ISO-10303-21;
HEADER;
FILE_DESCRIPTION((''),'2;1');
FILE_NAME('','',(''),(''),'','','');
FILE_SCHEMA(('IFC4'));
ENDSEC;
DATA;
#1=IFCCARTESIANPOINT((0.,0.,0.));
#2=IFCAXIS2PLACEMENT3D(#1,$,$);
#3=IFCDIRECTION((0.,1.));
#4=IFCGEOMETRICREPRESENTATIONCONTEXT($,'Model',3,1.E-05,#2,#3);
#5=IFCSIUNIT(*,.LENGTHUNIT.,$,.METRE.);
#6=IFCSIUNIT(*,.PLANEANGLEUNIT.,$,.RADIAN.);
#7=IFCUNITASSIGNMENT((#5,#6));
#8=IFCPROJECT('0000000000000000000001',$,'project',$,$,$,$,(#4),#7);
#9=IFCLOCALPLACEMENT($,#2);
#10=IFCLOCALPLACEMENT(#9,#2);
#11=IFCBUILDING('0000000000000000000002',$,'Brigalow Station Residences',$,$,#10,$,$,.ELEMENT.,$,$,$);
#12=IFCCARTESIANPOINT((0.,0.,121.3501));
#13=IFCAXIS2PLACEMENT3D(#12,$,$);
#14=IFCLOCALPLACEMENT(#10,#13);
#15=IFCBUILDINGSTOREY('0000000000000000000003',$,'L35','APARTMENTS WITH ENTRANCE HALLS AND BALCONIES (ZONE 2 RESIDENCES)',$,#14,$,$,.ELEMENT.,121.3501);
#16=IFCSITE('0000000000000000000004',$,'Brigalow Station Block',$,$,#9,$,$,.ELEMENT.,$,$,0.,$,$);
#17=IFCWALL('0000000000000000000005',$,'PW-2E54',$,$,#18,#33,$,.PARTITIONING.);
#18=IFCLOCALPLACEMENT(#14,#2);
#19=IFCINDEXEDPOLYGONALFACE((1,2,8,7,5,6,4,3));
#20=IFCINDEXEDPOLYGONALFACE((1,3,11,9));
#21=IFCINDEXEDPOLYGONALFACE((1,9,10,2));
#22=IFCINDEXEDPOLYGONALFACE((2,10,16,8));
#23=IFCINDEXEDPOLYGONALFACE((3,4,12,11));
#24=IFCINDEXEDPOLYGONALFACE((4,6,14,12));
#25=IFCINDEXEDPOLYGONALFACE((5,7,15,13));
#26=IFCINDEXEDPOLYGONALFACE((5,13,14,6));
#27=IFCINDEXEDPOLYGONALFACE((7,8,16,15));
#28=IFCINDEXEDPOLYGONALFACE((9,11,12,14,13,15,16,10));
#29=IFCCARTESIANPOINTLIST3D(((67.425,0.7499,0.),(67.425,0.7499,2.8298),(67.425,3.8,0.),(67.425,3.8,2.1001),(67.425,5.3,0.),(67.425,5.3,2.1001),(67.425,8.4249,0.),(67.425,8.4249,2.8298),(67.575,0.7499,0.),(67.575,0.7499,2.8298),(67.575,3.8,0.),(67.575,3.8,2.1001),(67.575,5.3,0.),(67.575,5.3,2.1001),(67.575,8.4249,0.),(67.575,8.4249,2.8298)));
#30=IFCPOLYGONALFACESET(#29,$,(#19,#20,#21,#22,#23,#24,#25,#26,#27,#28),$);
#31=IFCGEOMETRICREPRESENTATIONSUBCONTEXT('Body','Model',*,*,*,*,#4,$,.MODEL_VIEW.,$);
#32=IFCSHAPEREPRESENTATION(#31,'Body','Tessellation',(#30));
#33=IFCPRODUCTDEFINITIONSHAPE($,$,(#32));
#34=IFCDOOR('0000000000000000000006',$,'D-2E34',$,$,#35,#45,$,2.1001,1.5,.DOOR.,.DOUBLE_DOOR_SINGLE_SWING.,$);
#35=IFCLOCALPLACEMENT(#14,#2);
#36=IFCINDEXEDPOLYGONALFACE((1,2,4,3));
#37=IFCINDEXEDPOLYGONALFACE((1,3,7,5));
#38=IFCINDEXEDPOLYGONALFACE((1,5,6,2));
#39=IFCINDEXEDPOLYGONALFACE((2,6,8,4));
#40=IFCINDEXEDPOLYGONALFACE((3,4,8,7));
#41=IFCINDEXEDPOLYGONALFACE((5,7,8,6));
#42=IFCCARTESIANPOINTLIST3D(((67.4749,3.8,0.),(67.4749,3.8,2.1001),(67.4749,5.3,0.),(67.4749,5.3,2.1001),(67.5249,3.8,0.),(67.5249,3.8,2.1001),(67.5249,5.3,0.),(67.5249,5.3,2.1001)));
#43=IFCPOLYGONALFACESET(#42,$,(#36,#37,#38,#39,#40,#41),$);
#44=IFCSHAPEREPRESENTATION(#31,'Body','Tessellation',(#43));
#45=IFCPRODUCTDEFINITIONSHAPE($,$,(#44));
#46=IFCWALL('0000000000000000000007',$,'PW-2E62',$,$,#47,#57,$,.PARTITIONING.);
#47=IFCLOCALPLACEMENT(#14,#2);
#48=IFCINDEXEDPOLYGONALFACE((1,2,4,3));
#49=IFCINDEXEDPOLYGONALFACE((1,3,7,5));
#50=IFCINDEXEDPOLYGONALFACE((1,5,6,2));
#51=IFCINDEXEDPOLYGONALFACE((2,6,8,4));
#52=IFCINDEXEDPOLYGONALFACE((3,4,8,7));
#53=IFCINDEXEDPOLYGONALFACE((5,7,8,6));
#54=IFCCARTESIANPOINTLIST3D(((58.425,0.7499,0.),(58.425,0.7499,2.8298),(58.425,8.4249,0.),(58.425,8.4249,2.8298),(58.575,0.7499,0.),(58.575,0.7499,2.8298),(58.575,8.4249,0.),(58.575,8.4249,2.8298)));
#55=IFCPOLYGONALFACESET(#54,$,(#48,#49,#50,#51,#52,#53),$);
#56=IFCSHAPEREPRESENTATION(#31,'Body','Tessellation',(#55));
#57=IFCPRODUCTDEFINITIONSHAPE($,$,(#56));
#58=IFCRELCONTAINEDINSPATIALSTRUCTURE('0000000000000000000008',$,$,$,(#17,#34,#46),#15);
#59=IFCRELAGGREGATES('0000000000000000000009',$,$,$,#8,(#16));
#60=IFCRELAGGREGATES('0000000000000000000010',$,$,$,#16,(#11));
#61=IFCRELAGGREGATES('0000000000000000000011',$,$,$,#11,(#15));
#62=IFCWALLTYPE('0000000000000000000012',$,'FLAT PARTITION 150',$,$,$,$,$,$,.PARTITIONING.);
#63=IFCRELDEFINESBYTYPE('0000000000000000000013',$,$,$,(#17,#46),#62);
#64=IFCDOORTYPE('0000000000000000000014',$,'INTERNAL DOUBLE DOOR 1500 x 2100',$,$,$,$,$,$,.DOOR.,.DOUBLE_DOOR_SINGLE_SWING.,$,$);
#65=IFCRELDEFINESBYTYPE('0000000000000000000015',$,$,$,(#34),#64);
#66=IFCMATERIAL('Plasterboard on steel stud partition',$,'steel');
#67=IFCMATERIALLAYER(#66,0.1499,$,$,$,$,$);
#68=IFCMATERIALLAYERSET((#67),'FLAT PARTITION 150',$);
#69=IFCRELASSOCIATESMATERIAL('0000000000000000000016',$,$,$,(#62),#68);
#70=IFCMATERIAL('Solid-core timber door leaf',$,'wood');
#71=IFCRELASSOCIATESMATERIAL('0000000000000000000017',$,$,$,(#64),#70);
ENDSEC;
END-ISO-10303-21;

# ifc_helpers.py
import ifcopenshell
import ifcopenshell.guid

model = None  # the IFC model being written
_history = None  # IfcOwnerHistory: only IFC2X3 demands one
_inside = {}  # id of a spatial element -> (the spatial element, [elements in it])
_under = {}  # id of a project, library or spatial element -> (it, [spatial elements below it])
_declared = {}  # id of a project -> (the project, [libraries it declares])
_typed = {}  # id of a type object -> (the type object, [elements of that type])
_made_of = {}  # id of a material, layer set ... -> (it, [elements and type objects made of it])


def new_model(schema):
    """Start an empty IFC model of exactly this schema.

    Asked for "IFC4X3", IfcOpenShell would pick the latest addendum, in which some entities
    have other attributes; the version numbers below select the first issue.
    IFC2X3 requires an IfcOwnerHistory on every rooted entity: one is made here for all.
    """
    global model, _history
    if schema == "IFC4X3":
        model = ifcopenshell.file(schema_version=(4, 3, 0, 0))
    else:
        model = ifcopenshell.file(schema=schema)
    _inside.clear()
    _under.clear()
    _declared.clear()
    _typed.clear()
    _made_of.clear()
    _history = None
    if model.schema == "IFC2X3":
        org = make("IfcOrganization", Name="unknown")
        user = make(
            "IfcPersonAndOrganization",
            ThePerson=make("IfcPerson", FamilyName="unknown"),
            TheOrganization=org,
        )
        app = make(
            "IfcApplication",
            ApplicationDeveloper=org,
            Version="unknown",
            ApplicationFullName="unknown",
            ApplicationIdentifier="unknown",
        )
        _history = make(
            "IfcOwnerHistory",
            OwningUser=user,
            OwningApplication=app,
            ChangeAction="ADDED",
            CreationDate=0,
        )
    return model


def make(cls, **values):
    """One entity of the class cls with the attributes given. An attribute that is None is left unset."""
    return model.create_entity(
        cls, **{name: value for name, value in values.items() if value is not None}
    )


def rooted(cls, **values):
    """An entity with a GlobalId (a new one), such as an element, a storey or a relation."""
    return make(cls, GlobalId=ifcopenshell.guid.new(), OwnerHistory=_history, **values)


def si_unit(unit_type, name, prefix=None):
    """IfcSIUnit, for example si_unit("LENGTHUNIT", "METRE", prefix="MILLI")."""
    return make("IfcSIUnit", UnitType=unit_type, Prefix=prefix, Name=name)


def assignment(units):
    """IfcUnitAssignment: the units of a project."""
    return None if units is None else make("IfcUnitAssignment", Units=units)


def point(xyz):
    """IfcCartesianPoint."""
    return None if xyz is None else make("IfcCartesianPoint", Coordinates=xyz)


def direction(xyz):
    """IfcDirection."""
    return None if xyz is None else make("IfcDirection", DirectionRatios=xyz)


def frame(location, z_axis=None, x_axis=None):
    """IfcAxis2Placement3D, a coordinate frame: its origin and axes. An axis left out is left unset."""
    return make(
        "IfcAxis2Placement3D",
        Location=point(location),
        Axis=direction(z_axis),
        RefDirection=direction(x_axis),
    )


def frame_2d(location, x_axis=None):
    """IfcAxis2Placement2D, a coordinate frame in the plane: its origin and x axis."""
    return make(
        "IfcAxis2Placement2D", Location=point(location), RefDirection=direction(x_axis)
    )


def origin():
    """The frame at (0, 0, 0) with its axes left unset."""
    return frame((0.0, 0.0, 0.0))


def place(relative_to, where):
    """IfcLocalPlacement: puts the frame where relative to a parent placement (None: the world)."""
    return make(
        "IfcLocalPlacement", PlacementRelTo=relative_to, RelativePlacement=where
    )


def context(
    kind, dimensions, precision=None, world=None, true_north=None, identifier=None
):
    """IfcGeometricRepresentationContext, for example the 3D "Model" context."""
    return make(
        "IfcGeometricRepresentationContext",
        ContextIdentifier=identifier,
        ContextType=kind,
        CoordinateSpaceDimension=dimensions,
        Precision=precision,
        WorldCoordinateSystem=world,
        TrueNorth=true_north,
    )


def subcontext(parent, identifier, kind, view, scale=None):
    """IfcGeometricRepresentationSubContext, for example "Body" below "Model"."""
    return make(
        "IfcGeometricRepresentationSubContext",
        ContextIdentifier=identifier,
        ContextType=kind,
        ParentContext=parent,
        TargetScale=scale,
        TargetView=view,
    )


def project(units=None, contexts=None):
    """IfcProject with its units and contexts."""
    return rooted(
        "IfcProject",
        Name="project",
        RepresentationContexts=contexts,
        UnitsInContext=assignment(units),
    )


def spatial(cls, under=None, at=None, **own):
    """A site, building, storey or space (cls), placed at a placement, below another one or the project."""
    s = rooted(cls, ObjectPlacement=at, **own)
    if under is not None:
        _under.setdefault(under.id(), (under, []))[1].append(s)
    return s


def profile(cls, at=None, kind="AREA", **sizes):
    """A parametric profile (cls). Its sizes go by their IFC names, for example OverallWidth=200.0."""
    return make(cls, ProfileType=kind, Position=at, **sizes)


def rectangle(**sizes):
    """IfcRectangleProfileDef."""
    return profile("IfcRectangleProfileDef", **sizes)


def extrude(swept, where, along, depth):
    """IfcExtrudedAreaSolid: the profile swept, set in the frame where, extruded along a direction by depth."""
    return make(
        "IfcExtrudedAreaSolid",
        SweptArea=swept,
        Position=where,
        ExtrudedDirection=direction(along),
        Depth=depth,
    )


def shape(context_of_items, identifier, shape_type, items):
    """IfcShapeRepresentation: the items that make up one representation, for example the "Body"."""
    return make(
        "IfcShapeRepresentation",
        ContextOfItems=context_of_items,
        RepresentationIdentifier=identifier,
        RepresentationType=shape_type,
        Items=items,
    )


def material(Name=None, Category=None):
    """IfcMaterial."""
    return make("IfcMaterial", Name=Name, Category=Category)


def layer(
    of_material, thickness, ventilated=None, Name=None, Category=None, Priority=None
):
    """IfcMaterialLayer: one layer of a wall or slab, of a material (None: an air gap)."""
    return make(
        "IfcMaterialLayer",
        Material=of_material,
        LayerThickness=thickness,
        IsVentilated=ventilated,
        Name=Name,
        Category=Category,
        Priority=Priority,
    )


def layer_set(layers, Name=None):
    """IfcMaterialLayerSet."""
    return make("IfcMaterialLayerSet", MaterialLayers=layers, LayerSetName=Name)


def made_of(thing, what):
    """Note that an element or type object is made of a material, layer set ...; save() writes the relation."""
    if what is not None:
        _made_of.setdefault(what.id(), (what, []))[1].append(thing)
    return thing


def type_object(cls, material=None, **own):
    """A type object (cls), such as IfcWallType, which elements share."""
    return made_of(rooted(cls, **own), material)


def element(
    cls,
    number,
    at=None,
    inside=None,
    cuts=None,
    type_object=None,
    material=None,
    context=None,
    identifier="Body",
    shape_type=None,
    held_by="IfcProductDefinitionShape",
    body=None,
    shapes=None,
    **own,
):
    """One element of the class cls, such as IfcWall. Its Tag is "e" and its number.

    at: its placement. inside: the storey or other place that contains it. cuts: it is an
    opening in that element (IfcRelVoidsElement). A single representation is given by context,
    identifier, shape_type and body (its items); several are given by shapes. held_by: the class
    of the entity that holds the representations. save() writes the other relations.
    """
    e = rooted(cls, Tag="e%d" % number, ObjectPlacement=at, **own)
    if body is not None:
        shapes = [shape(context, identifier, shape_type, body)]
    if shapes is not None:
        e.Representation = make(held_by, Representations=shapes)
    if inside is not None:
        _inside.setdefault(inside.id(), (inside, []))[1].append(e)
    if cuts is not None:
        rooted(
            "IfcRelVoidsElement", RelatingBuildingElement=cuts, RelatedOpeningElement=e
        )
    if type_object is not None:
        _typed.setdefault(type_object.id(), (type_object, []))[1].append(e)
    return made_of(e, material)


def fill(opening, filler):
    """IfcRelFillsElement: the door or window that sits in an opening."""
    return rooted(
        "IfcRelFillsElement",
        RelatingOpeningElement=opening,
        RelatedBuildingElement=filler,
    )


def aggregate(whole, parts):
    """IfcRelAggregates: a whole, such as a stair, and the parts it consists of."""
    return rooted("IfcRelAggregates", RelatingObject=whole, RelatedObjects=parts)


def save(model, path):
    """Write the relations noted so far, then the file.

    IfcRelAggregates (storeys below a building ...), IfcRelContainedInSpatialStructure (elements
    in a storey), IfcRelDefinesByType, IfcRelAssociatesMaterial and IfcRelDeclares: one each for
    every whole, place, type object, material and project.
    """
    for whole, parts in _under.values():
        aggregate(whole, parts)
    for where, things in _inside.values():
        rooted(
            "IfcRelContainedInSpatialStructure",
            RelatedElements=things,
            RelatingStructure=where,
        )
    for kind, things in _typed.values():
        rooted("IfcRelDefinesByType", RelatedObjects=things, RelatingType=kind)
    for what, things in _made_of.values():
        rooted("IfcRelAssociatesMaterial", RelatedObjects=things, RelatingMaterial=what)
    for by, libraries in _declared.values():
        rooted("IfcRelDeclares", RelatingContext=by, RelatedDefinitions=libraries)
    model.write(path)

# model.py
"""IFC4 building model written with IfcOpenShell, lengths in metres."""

from ifc_helpers import new_model, si_unit, direction, frame, frame_2d, origin, place, context, subcontext, project, spatial, rectangle, extrude, material, layer, layer_set, type_object, element, fill, save


model = new_model("IFC4")

# Units and contexts
model_context = context("Model", 3, precision=1e-05, world=origin(), true_north=direction((0.0, 1.0)))
body_context = subcontext(model_context, "Body", "Model", "MODEL_VIEW")
ifc_project = project(units=[si_unit("LENGTHUNIT", "METRE"), si_unit("PLANEANGLEUNIT", "RADIAN")], contexts=[model_context])

# Site, building, storey
site_placement = place(None, origin())
site = spatial("IfcSite", under=ifc_project, at=site_placement, Name="Brigalow Station Block", CompositionType="ELEMENT", RefElevation=0.0)
building_placement = place(site_placement, origin())
building = spatial("IfcBuilding", under=site, at=building_placement, Name="Brigalow Station Residences", CompositionType="ELEMENT")
storey_placement = place(building_placement, frame((0.0, 0.0, 121.3501)))
storey = spatial("IfcBuildingStorey", under=building, at=storey_placement, Name="L35", Description="APARTMENTS WITH ENTRANCE HALLS AND BALCONIES (ZONE 2 RESIDENCES)", CompositionType="ELEMENT", Elevation=121.3501)

# Wall, opening, door
ifc_material_1 = material(Name="Plasterboard on steel stud partition", Category="steel")
ifc_layer_1 = layer(ifc_material_1, 0.1499)
ifc_layer_set_1 = layer_set([ifc_layer_1], Name="FLAT PARTITION 150")
wall_type_1 = type_object("IfcWallType", Name="FLAT PARTITION 150", PredefinedType="PARTITIONING", material=ifc_layer_set_1)
wall_1_placement = place(storey_placement, frame((67.5, 0.75, 0.0), z_axis=(0.0, 0.0, 1.0), x_axis=(0.0, 1.0, 0.0)))
wall_1 = element("IfcWall", 1, at=wall_1_placement, inside=storey, type_object=wall_type_1, Name="PW-2E54", PredefinedType="PARTITIONING", context=body_context, shape_type="SweptSolid", body=[
    extrude(rectangle(XDim=7.675, YDim=0.1499, at=frame_2d((3.8374, 0.0))), origin(), (0.0, 0.0, 1.0), 2.8298),
])
opening_1_placement = place(wall_1_placement, frame((3.05, 0.0, 0.0)))
opening_1 = element("IfcOpeningElement", 2, at=opening_1_placement, cuts=wall_1, PredefinedType="OPENING", context=body_context, shape_type="SweptSolid", body=[
    extrude(rectangle(XDim=1.5, YDim=2.1001, at=frame_2d((0.75, 1.05))), frame((0.0, 0.085, 0.0), z_axis=(0.0, -1.0, 0.0), x_axis=(1.0, 0.0, 0.0)), (0.0, 0.0, 1.0), 0.1699),
])
ifc_material_2 = material(Name="Solid-core timber door leaf", Category="wood")
door_type = type_object("IfcDoorType", Name="INTERNAL DOUBLE DOOR 1500 x 2100", OperationType="DOUBLE_DOOR_SINGLE_SWING", PredefinedType="DOOR", material=ifc_material_2)
door_placement = place(opening_1_placement, frame((1.5, 0.0, 0.0), z_axis=(0.0, 0.0, 1.0), x_axis=(-1.0, 0.0, 0.0)))
door = element("IfcDoor", 3, at=door_placement, inside=storey, type_object=door_type, Name="D-2E34", OperationType="DOUBLE_DOOR_SINGLE_SWING", OverallHeight=2.1001, OverallWidth=1.5, PredefinedType="DOOR", context=body_context, shape_type="SweptSolid", body=[
    extrude(rectangle(XDim=1.5, YDim=2.1001, at=frame_2d((0.75, 1.05))), frame((0.0, 0.0249, 0.0), z_axis=(0.0, -1.0, 0.0), x_axis=(1.0, 0.0, 0.0)), (0.0, 0.0, 1.0), 0.05),
])
fill(opening_1, door)

# Wall
wall_2_placement = place(storey_placement, frame((58.5, 0.75, 0.0), z_axis=(0.0, 0.0, 1.0), x_axis=(0.0, 1.0, 0.0)))
element("IfcWall", 4, at=wall_2_placement, inside=storey, type_object=wall_type_1, Name="PW-2E62", PredefinedType="PARTITIONING", context=body_context, shape_type="SweptSolid", body=[
    extrude(rectangle(XDim=7.675, YDim=0.1499, at=frame_2d((3.8374, 0.0))), origin(), (0.0, 0.0, 1.0), 2.8298),
])

save(model, "model.ifc")
